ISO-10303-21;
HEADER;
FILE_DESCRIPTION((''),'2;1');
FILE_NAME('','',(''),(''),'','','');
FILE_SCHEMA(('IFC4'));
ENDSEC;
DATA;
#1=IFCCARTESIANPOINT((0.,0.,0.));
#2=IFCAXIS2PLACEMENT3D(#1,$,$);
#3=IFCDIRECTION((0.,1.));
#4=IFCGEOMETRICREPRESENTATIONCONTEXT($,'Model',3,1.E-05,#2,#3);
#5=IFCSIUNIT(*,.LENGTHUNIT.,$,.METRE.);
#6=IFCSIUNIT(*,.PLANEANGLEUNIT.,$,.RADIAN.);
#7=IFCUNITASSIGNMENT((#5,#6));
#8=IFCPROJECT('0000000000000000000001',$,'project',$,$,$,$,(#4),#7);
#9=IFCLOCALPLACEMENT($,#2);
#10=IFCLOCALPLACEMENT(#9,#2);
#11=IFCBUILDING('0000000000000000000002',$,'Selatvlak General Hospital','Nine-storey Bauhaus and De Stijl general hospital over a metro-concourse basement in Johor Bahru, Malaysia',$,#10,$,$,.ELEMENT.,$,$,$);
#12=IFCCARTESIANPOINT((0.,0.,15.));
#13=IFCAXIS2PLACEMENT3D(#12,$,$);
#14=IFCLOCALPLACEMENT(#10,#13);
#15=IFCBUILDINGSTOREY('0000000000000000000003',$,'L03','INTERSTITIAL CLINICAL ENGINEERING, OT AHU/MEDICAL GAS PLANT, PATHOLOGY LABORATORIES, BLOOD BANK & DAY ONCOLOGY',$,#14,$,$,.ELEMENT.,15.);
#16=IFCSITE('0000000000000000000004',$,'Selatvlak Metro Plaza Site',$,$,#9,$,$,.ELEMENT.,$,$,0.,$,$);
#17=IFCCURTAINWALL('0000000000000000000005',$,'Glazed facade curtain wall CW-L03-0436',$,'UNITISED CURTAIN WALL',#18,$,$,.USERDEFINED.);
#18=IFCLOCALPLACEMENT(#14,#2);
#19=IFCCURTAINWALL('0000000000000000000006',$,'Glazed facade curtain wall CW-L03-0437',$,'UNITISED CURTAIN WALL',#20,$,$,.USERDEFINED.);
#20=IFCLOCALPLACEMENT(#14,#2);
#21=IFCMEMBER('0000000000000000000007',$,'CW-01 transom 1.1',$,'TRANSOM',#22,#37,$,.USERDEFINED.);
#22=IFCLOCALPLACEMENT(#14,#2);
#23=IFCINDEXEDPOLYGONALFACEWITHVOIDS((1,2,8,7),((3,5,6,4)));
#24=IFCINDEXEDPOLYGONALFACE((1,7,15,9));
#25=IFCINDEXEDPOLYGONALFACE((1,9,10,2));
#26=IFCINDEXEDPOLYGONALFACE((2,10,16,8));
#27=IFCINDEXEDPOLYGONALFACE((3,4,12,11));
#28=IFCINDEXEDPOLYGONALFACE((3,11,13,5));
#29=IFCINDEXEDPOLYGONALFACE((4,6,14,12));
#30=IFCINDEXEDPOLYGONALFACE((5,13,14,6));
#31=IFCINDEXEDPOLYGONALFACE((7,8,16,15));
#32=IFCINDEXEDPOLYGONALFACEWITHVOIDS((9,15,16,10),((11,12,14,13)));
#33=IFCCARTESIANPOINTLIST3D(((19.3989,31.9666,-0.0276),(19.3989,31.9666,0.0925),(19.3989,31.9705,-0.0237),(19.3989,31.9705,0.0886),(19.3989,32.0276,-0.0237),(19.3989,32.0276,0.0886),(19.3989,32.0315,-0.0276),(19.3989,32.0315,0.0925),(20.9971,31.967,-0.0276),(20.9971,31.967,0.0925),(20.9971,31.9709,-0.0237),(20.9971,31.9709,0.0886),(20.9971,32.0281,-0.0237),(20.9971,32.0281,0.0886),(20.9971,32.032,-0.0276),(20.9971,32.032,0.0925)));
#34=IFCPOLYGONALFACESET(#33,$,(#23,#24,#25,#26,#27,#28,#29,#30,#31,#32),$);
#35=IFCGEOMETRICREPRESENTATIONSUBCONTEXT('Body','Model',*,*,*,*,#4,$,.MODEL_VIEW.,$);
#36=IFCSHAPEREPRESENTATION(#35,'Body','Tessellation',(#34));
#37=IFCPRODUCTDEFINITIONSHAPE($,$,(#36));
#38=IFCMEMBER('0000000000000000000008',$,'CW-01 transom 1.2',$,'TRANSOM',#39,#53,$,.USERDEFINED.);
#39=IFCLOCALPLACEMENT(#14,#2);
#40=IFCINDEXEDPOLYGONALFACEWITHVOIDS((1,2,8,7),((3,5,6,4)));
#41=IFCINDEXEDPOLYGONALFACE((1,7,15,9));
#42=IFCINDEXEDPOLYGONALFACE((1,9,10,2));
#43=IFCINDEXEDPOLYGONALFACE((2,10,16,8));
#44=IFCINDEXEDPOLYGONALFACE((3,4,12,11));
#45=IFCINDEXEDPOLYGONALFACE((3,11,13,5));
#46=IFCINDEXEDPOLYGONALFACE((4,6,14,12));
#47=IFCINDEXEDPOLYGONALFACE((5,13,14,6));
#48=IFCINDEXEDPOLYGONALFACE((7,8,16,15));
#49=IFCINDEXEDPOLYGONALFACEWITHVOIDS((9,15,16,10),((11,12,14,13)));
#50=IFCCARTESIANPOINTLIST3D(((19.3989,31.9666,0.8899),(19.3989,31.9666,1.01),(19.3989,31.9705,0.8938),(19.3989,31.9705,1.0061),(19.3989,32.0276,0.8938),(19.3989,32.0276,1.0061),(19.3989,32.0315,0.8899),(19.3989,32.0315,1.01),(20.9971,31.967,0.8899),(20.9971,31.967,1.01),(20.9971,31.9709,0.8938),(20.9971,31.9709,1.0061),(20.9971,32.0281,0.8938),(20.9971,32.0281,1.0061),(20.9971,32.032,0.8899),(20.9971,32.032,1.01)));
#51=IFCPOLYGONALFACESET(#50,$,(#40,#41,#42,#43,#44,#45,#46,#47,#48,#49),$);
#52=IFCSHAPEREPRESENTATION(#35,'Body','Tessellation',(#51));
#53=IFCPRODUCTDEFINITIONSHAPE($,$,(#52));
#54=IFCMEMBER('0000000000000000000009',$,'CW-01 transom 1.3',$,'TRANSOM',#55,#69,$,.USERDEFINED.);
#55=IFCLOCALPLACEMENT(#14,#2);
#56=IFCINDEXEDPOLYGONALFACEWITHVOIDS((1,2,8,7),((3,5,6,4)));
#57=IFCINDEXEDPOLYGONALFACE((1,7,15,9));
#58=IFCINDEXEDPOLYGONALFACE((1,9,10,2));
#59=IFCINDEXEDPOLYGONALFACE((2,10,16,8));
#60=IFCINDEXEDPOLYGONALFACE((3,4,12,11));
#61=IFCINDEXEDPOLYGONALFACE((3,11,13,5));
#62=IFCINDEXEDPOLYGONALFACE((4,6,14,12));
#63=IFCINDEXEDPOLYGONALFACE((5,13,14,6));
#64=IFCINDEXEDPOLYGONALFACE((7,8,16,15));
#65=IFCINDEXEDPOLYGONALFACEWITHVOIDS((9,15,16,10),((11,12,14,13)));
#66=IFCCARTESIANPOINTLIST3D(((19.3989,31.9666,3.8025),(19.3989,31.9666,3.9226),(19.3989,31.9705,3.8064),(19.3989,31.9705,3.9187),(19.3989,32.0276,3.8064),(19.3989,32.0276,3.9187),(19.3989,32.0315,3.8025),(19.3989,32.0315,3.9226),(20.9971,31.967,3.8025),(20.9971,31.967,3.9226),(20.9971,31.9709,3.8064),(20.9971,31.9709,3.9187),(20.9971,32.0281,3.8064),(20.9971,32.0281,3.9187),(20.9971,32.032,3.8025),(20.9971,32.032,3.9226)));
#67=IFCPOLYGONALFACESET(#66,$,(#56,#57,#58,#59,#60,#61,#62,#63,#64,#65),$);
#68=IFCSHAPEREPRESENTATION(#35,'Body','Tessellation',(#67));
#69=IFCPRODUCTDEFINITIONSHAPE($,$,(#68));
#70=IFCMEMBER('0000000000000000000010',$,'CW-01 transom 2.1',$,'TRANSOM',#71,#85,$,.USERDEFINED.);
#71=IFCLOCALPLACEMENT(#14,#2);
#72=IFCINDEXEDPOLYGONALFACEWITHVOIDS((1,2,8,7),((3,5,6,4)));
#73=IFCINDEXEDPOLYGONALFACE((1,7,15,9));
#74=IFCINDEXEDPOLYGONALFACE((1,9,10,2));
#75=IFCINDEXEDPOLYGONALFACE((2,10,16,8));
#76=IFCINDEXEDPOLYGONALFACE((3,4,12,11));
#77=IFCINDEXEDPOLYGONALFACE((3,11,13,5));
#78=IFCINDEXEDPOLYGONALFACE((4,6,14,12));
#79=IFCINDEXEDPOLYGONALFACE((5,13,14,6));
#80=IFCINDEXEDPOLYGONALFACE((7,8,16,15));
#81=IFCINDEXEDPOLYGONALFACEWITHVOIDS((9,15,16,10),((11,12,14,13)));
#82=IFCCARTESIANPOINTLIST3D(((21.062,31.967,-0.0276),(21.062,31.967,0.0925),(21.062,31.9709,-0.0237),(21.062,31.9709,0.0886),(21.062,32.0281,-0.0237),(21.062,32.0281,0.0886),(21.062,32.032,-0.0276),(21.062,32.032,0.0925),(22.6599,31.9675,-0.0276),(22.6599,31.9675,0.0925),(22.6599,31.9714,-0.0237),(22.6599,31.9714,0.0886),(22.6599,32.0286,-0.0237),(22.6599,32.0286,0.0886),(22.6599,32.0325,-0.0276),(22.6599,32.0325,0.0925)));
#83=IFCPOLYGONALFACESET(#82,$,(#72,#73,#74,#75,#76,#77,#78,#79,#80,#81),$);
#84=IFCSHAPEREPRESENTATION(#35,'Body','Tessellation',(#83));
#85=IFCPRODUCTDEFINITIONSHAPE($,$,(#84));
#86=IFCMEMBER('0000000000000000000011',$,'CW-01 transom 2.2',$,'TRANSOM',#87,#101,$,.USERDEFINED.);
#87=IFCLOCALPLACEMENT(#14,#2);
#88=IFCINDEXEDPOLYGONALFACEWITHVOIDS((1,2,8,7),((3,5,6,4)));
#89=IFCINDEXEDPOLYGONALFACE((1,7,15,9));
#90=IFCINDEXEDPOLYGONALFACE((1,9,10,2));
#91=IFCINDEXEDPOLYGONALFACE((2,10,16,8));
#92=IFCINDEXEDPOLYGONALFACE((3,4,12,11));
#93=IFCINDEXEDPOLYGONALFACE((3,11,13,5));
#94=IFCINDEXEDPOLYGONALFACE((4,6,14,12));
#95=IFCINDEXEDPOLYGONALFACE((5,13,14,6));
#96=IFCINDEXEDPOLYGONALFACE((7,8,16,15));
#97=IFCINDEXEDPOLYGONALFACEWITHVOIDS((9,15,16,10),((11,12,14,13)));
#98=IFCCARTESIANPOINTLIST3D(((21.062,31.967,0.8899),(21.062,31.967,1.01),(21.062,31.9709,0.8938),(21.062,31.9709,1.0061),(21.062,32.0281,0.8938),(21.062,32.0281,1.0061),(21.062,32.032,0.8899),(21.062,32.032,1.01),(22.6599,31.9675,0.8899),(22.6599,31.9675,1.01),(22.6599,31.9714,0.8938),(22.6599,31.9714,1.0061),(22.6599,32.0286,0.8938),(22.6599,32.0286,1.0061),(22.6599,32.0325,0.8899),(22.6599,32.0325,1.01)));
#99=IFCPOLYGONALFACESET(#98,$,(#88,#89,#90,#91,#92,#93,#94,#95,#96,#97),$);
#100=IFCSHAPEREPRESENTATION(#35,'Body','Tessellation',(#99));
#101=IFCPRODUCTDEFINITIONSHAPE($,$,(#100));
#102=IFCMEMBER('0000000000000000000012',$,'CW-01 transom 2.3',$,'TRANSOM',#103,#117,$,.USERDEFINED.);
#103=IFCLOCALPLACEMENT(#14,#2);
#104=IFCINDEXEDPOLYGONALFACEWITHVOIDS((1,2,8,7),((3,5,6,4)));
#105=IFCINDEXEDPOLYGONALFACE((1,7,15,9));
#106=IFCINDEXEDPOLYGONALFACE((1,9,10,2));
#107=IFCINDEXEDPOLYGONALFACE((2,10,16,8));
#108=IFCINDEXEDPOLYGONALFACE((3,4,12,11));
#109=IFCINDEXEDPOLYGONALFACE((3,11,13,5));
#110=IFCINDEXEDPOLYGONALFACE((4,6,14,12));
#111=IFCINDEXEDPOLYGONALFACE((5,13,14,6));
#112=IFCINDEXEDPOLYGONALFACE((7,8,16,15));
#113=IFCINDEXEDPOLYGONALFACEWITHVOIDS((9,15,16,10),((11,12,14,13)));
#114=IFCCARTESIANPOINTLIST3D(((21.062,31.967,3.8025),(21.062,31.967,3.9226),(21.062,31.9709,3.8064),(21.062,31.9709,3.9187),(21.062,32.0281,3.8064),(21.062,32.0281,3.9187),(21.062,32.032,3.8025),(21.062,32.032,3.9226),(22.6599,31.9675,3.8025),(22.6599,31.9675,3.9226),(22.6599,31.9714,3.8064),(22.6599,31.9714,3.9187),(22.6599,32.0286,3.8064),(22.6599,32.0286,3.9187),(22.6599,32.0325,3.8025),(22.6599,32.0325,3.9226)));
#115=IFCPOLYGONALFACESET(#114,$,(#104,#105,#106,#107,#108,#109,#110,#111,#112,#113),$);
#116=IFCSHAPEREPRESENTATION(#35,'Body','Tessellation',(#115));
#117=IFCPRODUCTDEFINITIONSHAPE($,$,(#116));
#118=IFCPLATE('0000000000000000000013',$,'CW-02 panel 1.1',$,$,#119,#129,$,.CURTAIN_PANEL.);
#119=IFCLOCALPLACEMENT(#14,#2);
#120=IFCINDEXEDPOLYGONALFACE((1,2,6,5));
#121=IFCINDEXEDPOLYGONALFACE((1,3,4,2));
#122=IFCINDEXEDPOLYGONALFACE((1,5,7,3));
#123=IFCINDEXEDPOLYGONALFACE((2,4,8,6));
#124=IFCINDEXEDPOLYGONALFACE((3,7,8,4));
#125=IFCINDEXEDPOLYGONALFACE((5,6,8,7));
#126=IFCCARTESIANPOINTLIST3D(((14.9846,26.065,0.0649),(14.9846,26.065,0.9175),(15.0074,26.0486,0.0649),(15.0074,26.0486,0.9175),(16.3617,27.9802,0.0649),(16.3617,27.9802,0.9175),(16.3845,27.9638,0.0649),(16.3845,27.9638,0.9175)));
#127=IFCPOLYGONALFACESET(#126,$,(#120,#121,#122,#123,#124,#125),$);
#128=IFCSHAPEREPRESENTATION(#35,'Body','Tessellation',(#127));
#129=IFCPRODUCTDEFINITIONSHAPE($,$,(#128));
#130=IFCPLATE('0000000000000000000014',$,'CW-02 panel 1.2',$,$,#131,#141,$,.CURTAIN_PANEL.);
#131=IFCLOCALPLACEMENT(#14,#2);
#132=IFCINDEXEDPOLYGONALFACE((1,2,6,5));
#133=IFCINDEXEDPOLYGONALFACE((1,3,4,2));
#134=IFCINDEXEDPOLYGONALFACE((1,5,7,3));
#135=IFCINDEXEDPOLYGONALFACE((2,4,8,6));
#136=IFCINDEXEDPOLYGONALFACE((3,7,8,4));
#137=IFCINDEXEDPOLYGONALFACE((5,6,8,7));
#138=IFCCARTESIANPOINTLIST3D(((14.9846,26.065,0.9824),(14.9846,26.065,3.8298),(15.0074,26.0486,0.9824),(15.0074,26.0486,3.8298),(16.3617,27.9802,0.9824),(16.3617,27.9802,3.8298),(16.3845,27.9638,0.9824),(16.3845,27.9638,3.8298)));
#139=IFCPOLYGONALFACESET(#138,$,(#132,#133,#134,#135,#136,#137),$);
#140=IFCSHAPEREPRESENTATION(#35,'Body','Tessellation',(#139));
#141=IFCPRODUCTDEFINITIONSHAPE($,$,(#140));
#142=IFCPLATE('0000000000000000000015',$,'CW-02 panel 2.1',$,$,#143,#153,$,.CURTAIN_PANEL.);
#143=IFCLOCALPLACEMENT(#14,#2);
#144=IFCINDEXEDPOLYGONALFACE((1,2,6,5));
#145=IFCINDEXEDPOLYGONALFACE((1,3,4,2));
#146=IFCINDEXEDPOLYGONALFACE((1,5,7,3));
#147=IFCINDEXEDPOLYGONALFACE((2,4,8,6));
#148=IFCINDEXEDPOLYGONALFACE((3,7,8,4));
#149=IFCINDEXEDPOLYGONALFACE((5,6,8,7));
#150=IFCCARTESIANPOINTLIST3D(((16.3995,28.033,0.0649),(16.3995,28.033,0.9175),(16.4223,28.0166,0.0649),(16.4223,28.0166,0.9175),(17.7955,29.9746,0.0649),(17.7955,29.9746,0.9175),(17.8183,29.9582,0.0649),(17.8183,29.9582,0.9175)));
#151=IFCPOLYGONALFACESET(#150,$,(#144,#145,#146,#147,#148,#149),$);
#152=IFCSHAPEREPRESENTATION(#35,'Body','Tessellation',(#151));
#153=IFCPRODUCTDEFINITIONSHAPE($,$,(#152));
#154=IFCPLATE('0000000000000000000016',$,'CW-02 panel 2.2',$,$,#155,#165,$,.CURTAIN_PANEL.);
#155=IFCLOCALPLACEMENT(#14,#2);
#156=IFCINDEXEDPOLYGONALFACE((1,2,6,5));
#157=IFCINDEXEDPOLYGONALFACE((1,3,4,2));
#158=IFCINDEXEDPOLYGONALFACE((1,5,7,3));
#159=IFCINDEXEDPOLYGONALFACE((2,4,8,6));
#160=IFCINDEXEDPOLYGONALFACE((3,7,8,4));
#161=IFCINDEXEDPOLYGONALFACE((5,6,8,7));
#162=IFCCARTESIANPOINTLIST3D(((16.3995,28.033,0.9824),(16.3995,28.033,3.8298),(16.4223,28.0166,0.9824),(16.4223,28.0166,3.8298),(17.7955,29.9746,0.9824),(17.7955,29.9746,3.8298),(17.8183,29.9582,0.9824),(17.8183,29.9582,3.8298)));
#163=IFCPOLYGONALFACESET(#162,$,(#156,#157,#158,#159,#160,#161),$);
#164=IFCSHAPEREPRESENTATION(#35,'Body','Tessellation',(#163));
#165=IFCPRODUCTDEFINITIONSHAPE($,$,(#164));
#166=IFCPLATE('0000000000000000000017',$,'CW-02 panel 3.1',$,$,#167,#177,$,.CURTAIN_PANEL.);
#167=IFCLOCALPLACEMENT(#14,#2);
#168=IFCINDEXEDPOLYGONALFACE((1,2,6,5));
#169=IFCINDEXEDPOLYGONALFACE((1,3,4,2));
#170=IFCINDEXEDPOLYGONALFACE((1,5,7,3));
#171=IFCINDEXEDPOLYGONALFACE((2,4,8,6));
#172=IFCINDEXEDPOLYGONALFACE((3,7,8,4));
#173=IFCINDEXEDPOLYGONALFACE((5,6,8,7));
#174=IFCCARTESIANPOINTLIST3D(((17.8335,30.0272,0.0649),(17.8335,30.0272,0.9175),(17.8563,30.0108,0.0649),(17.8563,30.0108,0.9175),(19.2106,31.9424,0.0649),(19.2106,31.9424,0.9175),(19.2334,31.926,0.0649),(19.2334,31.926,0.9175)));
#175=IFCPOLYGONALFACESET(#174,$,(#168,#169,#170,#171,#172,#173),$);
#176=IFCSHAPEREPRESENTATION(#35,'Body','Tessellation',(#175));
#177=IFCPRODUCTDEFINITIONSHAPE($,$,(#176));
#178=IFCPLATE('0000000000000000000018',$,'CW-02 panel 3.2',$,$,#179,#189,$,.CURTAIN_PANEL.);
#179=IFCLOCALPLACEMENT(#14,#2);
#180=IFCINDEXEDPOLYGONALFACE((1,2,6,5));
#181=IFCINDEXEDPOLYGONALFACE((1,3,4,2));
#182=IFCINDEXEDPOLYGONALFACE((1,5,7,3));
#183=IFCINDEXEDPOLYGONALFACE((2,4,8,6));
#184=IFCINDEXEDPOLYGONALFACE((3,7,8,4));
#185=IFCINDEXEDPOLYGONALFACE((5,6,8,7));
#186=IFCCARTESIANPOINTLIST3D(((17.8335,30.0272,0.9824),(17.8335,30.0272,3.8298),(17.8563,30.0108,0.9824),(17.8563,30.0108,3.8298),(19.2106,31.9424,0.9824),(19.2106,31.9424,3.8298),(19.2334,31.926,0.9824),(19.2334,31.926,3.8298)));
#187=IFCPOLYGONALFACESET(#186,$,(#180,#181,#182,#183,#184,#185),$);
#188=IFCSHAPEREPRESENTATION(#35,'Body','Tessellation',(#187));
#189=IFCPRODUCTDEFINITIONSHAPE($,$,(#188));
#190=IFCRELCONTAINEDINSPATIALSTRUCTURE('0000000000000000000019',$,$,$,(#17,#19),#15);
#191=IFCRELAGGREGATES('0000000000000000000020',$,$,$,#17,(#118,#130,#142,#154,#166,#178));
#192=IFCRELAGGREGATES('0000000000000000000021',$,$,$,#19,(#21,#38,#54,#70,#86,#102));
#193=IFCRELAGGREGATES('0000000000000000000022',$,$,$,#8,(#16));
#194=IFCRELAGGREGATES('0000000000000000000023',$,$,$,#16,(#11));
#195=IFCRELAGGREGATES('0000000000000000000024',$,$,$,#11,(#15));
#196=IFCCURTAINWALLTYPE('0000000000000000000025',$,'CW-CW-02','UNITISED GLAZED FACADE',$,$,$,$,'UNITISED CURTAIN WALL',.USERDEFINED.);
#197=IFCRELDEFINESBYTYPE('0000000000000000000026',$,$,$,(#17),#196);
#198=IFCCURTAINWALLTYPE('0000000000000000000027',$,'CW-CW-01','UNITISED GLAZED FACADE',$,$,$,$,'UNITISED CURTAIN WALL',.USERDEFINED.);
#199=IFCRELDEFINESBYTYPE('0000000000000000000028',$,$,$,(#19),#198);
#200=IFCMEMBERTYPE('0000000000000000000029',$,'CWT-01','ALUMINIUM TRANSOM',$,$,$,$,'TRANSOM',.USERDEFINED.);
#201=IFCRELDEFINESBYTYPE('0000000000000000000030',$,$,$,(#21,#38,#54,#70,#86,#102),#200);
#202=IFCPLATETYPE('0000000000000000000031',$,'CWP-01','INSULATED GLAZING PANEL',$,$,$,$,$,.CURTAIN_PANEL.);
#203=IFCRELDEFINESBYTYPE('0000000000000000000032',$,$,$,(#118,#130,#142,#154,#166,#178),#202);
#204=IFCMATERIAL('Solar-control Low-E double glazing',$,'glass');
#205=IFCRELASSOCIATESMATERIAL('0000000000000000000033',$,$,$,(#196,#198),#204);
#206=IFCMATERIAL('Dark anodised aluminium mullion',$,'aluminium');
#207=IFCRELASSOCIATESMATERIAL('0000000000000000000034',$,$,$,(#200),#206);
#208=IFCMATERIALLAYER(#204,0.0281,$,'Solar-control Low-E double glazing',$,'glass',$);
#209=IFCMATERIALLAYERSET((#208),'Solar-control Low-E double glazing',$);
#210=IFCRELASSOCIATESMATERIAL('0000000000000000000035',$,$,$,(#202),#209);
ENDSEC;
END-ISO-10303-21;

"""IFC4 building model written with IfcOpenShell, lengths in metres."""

from ifc_helpers import new_model, si_unit, direction, frame, origin, origin_2d, place, context, subcontext, project, spatial, rectangle, hollow_rectangle, extrude, material, layer, layer_set, material_profile, profile_set, type_object, element, aggregate, save


model = new_model("IFC4")

# Units and contexts
model_context = context("Model", 3, precision=1e-05, world=origin(), true_north=direction((0.0, 1.0)))
body_context = subcontext(model_context, "Body", "Model", "MODEL_VIEW")
ifc_project = project(units=[si_unit("LENGTHUNIT", "METRE"), si_unit("PLANEANGLEUNIT", "RADIAN")], contexts=[model_context])

# Site, building, storey
site_placement = place(None, origin())
site = spatial("IfcSite", under=ifc_project, at=site_placement, Name="Selatvlak Metro Plaza Site", CompositionType="ELEMENT", RefElevation=0.0)
building_placement = place(site_placement, origin())
building = spatial("IfcBuilding", under=site, at=building_placement, Name="Selatvlak General Hospital", Description="Nine-storey Bauhaus and De Stijl general hospital over a metro-concourse basement in Johor Bahru, Malaysia", CompositionType="ELEMENT")
storey_placement = place(building_placement, frame((0.0, 0.0, 15.0)))
storey = spatial("IfcBuildingStorey", under=building, at=storey_placement, Name="L03", Description="INTERSTITIAL CLINICAL ENGINEERING, OT AHU/MEDICAL GAS PLANT, PATHOLOGY LABORATORIES, BLOOD BANK & DAY ONCOLOGY", CompositionType="ELEMENT", Elevation=15.0)

# Curtain walls
ifc_material_1 = material(Name="Solar-control Low-E double glazing", Category="glass")
curtain_wall_type_1 = type_object("IfcCurtainWallType", Name="CW-CW-02", Description="UNITISED GLAZED FACADE", ElementType="UNITISED CURTAIN WALL", PredefinedType="USERDEFINED", material=ifc_material_1)
curtain_wall_1_placement = place(storey_placement, origin())
curtain_wall_1 = element("IfcCurtainWall", 1, at=curtain_wall_1_placement, inside=storey, type_object=curtain_wall_type_1, Name="Glazed facade curtain wall CW-L03-0436", ObjectType="UNITISED CURTAIN WALL", PredefinedType="USERDEFINED")
ifc_material_2 = material(Name="Dark anodised aluminium mullion", Category="aluminium")
curtain_wall_type_2 = type_object("IfcCurtainWallType", Name="CW-CW-01", Description="UNITISED GLAZED FACADE", ElementType="UNITISED CURTAIN WALL", PredefinedType="USERDEFINED", material=ifc_material_1)
curtain_wall_2_placement = place(storey_placement, origin())
curtain_wall_2 = element("IfcCurtainWall", 2, at=curtain_wall_2_placement, inside=storey, type_object=curtain_wall_type_2, Name="Glazed facade curtain wall CW-L03-0437", ObjectType="UNITISED CURTAIN WALL", PredefinedType="USERDEFINED")

# Members
ifc_material_profile_1 = material_profile(ifc_material_2, hollow_rectangle(XDim=0.0649, YDim=0.1201, WallThickness=0.0039, at=origin_2d()), Name="AL-TRN 65x120x4")
ifc_profile_set_1 = profile_set([ifc_material_profile_1], Name="Dark anodised aluminium mullion")
member_type_1 = type_object("IfcMemberType", Name="CWT-01", Description="ALUMINIUM TRANSOM", ElementType="TRANSOM", PredefinedType="USERDEFINED", material=ifc_profile_set_1)
member_1_placement = place(storey_placement, frame((19.3989, 31.999, 0.0325), z_axis=(1.0, 0.000306, 0.0), x_axis=(-0.000306, 1.0, 0.0)))
member_1 = element("IfcMember", 3, at=member_1_placement, type_object=member_type_1, Name="CW-01 transom 1.1", ObjectType="TRANSOM", PredefinedType="USERDEFINED", context=body_context, shape_type="SweptSolid", body=[
    extrude(hollow_rectangle(XDim=0.0649, YDim=0.1201, WallThickness=0.0039, at=origin_2d()), origin(), (0.0, 0.0, 1.0), 1.5981),
])
member_2_placement = place(storey_placement, frame((19.3989, 31.999, 0.95), z_axis=(1.0, 0.000306, 0.0), x_axis=(-0.000306, 1.0, 0.0)))
member_2 = element("IfcMember", 4, at=member_2_placement, type_object=member_type_1, Name="CW-01 transom 1.2", ObjectType="TRANSOM", PredefinedType="USERDEFINED", context=body_context, shape_type="SweptSolid", body=[
    extrude(hollow_rectangle(XDim=0.0649, YDim=0.1201, WallThickness=0.0039, at=origin_2d()), origin(), (0.0, 0.0, 1.0), 1.5981),
])
member_3_placement = place(storey_placement, frame((19.3989, 31.999, 3.8625), z_axis=(1.0, 0.000306, 0.0), x_axis=(-0.000306, 1.0, 0.0)))
member_3 = element("IfcMember", 5, at=member_3_placement, type_object=member_type_1, Name="CW-01 transom 1.3", ObjectType="TRANSOM", PredefinedType="USERDEFINED", context=body_context, shape_type="SweptSolid", body=[
    extrude(hollow_rectangle(XDim=0.0649, YDim=0.1201, WallThickness=0.0039, at=origin_2d()), origin(), (0.0, 0.0, 1.0), 1.5981),
])
member_4_placement = place(storey_placement, frame((21.062, 31.9995, 0.0325), z_axis=(1.0, 0.000306, 0.0), x_axis=(-0.000306, 1.0, 0.0)))
member_4 = element("IfcMember", 6, at=member_4_placement, type_object=member_type_1, Name="CW-01 transom 2.1", ObjectType="TRANSOM", PredefinedType="USERDEFINED", context=body_context, shape_type="SweptSolid", body=[
    extrude(hollow_rectangle(XDim=0.0649, YDim=0.1201, WallThickness=0.0039, at=origin_2d()), origin(), (0.0, 0.0, 1.0), 1.5979),
])
member_5_placement = place(storey_placement, frame((21.062, 31.9995, 0.95), z_axis=(1.0, 0.000306, 0.0), x_axis=(-0.000306, 1.0, 0.0)))
member_5 = element("IfcMember", 7, at=member_5_placement, type_object=member_type_1, Name="CW-01 transom 2.2", ObjectType="TRANSOM", PredefinedType="USERDEFINED", context=body_context, shape_type="SweptSolid", body=[
    extrude(hollow_rectangle(XDim=0.0649, YDim=0.1201, WallThickness=0.0039, at=origin_2d()), origin(), (0.0, 0.0, 1.0), 1.5979),
])
member_6_placement = place(storey_placement, frame((21.062, 31.9995, 3.8625), z_axis=(1.0, 0.000306, 0.0), x_axis=(-0.000306, 1.0, 0.0)))
member_6 = element("IfcMember", 8, at=member_6_placement, type_object=member_type_1, Name="CW-01 transom 2.3", ObjectType="TRANSOM", PredefinedType="USERDEFINED", context=body_context, shape_type="SweptSolid", body=[
    extrude(hollow_rectangle(XDim=0.0649, YDim=0.1201, WallThickness=0.0039, at=origin_2d()), origin(), (0.0, 0.0, 1.0), 1.5979),
])

# Plates
ifc_layer_1 = layer(ifc_material_1, 0.0281, Name="Solar-control Low-E double glazing", Category="glass")
ifc_layer_set_1 = layer_set([ifc_layer_1], Name="Solar-control Low-E double glazing")
plate_type = type_object("IfcPlateType", Name="CWP-01", Description="INSULATED GLAZING PANEL", PredefinedType="CURTAIN_PANEL", material=ifc_layer_set_1)
plate_1_placement = place(storey_placement, frame((15.6846, 27.0144, 0.0649), z_axis=(0.0, 0.0, 1.0), x_axis=(0.58379, 0.811905, 0.0)))
plate_1 = element("IfcPlate", 9, at=plate_1_placement, type_object=plate_type, Name="CW-02 panel 1.1", PredefinedType="CURTAIN_PANEL", context=body_context, shape_type="SweptSolid", body=[
    extrude(rectangle(XDim=2.3589, YDim=0.0281, at=origin_2d()), origin(), (0.0, 0.0, 1.0), 0.8525),
])
plate_2_placement = place(storey_placement, frame((15.6846, 27.0144, 0.9824), z_axis=(0.0, 0.0, 1.0), x_axis=(0.58379, 0.811905, 0.0)))
plate_2 = element("IfcPlate", 10, at=plate_2_placement, type_object=plate_type, Name="CW-02 panel 1.2", PredefinedType="CURTAIN_PANEL", context=body_context, shape_type="SweptSolid", body=[
    extrude(rectangle(XDim=2.3589, YDim=0.0281, at=origin_2d()), origin(), (0.0, 0.0, 1.0), 2.8474),
])
plate_3_placement = place(storey_placement, frame((17.1089, 28.9956, 0.0649), z_axis=(0.0, 0.0, 1.0), x_axis=(0.58379, 0.811905, 0.0)))
plate_3 = element("IfcPlate", 11, at=plate_3_placement, type_object=plate_type, Name="CW-02 panel 2.1", PredefinedType="CURTAIN_PANEL", context=body_context, shape_type="SweptSolid", body=[
    extrude(rectangle(XDim=2.3914, YDim=0.0281, at=origin_2d()), origin(), (0.0, 0.0, 1.0), 0.8525),
])
plate_4_placement = place(storey_placement, frame((17.1089, 28.9956, 0.9824), z_axis=(0.0, 0.0, 1.0), x_axis=(0.58379, 0.811905, 0.0)))
plate_4 = element("IfcPlate", 12, at=plate_4_placement, type_object=plate_type, Name="CW-02 panel 2.2", PredefinedType="CURTAIN_PANEL", context=body_context, shape_type="SweptSolid", body=[
    extrude(rectangle(XDim=2.3914, YDim=0.0281, at=origin_2d()), origin(), (0.0, 0.0, 1.0), 2.8474),
])
plate_5_placement = place(storey_placement, frame((18.5334, 30.9766, 0.0649), z_axis=(0.0, 0.0, 1.0), x_axis=(0.58379, 0.811905, 0.0)))
plate_5 = element("IfcPlate", 13, at=plate_5_placement, type_object=plate_type, Name="CW-02 panel 3.1", PredefinedType="CURTAIN_PANEL", context=body_context, shape_type="SweptSolid", body=[
    extrude(rectangle(XDim=2.3589, YDim=0.0281, at=origin_2d()), origin(), (0.0, 0.0, 1.0), 0.8525),
])
plate_6_placement = place(storey_placement, frame((18.5334, 30.9766, 0.9824), z_axis=(0.0, 0.0, 1.0), x_axis=(0.58379, 0.811905, 0.0)))
plate_6 = element("IfcPlate", 14, at=plate_6_placement, type_object=plate_type, Name="CW-02 panel 3.2", PredefinedType="CURTAIN_PANEL", context=body_context, shape_type="SweptSolid", body=[
    extrude(rectangle(XDim=2.3589, YDim=0.0281, at=origin_2d()), origin(), (0.0, 0.0, 1.0), 2.8474),
])
aggregate(curtain_wall_1, [plate_1, plate_2, plate_3, plate_4, plate_5, plate_6])
aggregate(curtain_wall_2, [member_1, member_2, member_3, member_4, member_5, member_6])

save(model, "model.ifc")
